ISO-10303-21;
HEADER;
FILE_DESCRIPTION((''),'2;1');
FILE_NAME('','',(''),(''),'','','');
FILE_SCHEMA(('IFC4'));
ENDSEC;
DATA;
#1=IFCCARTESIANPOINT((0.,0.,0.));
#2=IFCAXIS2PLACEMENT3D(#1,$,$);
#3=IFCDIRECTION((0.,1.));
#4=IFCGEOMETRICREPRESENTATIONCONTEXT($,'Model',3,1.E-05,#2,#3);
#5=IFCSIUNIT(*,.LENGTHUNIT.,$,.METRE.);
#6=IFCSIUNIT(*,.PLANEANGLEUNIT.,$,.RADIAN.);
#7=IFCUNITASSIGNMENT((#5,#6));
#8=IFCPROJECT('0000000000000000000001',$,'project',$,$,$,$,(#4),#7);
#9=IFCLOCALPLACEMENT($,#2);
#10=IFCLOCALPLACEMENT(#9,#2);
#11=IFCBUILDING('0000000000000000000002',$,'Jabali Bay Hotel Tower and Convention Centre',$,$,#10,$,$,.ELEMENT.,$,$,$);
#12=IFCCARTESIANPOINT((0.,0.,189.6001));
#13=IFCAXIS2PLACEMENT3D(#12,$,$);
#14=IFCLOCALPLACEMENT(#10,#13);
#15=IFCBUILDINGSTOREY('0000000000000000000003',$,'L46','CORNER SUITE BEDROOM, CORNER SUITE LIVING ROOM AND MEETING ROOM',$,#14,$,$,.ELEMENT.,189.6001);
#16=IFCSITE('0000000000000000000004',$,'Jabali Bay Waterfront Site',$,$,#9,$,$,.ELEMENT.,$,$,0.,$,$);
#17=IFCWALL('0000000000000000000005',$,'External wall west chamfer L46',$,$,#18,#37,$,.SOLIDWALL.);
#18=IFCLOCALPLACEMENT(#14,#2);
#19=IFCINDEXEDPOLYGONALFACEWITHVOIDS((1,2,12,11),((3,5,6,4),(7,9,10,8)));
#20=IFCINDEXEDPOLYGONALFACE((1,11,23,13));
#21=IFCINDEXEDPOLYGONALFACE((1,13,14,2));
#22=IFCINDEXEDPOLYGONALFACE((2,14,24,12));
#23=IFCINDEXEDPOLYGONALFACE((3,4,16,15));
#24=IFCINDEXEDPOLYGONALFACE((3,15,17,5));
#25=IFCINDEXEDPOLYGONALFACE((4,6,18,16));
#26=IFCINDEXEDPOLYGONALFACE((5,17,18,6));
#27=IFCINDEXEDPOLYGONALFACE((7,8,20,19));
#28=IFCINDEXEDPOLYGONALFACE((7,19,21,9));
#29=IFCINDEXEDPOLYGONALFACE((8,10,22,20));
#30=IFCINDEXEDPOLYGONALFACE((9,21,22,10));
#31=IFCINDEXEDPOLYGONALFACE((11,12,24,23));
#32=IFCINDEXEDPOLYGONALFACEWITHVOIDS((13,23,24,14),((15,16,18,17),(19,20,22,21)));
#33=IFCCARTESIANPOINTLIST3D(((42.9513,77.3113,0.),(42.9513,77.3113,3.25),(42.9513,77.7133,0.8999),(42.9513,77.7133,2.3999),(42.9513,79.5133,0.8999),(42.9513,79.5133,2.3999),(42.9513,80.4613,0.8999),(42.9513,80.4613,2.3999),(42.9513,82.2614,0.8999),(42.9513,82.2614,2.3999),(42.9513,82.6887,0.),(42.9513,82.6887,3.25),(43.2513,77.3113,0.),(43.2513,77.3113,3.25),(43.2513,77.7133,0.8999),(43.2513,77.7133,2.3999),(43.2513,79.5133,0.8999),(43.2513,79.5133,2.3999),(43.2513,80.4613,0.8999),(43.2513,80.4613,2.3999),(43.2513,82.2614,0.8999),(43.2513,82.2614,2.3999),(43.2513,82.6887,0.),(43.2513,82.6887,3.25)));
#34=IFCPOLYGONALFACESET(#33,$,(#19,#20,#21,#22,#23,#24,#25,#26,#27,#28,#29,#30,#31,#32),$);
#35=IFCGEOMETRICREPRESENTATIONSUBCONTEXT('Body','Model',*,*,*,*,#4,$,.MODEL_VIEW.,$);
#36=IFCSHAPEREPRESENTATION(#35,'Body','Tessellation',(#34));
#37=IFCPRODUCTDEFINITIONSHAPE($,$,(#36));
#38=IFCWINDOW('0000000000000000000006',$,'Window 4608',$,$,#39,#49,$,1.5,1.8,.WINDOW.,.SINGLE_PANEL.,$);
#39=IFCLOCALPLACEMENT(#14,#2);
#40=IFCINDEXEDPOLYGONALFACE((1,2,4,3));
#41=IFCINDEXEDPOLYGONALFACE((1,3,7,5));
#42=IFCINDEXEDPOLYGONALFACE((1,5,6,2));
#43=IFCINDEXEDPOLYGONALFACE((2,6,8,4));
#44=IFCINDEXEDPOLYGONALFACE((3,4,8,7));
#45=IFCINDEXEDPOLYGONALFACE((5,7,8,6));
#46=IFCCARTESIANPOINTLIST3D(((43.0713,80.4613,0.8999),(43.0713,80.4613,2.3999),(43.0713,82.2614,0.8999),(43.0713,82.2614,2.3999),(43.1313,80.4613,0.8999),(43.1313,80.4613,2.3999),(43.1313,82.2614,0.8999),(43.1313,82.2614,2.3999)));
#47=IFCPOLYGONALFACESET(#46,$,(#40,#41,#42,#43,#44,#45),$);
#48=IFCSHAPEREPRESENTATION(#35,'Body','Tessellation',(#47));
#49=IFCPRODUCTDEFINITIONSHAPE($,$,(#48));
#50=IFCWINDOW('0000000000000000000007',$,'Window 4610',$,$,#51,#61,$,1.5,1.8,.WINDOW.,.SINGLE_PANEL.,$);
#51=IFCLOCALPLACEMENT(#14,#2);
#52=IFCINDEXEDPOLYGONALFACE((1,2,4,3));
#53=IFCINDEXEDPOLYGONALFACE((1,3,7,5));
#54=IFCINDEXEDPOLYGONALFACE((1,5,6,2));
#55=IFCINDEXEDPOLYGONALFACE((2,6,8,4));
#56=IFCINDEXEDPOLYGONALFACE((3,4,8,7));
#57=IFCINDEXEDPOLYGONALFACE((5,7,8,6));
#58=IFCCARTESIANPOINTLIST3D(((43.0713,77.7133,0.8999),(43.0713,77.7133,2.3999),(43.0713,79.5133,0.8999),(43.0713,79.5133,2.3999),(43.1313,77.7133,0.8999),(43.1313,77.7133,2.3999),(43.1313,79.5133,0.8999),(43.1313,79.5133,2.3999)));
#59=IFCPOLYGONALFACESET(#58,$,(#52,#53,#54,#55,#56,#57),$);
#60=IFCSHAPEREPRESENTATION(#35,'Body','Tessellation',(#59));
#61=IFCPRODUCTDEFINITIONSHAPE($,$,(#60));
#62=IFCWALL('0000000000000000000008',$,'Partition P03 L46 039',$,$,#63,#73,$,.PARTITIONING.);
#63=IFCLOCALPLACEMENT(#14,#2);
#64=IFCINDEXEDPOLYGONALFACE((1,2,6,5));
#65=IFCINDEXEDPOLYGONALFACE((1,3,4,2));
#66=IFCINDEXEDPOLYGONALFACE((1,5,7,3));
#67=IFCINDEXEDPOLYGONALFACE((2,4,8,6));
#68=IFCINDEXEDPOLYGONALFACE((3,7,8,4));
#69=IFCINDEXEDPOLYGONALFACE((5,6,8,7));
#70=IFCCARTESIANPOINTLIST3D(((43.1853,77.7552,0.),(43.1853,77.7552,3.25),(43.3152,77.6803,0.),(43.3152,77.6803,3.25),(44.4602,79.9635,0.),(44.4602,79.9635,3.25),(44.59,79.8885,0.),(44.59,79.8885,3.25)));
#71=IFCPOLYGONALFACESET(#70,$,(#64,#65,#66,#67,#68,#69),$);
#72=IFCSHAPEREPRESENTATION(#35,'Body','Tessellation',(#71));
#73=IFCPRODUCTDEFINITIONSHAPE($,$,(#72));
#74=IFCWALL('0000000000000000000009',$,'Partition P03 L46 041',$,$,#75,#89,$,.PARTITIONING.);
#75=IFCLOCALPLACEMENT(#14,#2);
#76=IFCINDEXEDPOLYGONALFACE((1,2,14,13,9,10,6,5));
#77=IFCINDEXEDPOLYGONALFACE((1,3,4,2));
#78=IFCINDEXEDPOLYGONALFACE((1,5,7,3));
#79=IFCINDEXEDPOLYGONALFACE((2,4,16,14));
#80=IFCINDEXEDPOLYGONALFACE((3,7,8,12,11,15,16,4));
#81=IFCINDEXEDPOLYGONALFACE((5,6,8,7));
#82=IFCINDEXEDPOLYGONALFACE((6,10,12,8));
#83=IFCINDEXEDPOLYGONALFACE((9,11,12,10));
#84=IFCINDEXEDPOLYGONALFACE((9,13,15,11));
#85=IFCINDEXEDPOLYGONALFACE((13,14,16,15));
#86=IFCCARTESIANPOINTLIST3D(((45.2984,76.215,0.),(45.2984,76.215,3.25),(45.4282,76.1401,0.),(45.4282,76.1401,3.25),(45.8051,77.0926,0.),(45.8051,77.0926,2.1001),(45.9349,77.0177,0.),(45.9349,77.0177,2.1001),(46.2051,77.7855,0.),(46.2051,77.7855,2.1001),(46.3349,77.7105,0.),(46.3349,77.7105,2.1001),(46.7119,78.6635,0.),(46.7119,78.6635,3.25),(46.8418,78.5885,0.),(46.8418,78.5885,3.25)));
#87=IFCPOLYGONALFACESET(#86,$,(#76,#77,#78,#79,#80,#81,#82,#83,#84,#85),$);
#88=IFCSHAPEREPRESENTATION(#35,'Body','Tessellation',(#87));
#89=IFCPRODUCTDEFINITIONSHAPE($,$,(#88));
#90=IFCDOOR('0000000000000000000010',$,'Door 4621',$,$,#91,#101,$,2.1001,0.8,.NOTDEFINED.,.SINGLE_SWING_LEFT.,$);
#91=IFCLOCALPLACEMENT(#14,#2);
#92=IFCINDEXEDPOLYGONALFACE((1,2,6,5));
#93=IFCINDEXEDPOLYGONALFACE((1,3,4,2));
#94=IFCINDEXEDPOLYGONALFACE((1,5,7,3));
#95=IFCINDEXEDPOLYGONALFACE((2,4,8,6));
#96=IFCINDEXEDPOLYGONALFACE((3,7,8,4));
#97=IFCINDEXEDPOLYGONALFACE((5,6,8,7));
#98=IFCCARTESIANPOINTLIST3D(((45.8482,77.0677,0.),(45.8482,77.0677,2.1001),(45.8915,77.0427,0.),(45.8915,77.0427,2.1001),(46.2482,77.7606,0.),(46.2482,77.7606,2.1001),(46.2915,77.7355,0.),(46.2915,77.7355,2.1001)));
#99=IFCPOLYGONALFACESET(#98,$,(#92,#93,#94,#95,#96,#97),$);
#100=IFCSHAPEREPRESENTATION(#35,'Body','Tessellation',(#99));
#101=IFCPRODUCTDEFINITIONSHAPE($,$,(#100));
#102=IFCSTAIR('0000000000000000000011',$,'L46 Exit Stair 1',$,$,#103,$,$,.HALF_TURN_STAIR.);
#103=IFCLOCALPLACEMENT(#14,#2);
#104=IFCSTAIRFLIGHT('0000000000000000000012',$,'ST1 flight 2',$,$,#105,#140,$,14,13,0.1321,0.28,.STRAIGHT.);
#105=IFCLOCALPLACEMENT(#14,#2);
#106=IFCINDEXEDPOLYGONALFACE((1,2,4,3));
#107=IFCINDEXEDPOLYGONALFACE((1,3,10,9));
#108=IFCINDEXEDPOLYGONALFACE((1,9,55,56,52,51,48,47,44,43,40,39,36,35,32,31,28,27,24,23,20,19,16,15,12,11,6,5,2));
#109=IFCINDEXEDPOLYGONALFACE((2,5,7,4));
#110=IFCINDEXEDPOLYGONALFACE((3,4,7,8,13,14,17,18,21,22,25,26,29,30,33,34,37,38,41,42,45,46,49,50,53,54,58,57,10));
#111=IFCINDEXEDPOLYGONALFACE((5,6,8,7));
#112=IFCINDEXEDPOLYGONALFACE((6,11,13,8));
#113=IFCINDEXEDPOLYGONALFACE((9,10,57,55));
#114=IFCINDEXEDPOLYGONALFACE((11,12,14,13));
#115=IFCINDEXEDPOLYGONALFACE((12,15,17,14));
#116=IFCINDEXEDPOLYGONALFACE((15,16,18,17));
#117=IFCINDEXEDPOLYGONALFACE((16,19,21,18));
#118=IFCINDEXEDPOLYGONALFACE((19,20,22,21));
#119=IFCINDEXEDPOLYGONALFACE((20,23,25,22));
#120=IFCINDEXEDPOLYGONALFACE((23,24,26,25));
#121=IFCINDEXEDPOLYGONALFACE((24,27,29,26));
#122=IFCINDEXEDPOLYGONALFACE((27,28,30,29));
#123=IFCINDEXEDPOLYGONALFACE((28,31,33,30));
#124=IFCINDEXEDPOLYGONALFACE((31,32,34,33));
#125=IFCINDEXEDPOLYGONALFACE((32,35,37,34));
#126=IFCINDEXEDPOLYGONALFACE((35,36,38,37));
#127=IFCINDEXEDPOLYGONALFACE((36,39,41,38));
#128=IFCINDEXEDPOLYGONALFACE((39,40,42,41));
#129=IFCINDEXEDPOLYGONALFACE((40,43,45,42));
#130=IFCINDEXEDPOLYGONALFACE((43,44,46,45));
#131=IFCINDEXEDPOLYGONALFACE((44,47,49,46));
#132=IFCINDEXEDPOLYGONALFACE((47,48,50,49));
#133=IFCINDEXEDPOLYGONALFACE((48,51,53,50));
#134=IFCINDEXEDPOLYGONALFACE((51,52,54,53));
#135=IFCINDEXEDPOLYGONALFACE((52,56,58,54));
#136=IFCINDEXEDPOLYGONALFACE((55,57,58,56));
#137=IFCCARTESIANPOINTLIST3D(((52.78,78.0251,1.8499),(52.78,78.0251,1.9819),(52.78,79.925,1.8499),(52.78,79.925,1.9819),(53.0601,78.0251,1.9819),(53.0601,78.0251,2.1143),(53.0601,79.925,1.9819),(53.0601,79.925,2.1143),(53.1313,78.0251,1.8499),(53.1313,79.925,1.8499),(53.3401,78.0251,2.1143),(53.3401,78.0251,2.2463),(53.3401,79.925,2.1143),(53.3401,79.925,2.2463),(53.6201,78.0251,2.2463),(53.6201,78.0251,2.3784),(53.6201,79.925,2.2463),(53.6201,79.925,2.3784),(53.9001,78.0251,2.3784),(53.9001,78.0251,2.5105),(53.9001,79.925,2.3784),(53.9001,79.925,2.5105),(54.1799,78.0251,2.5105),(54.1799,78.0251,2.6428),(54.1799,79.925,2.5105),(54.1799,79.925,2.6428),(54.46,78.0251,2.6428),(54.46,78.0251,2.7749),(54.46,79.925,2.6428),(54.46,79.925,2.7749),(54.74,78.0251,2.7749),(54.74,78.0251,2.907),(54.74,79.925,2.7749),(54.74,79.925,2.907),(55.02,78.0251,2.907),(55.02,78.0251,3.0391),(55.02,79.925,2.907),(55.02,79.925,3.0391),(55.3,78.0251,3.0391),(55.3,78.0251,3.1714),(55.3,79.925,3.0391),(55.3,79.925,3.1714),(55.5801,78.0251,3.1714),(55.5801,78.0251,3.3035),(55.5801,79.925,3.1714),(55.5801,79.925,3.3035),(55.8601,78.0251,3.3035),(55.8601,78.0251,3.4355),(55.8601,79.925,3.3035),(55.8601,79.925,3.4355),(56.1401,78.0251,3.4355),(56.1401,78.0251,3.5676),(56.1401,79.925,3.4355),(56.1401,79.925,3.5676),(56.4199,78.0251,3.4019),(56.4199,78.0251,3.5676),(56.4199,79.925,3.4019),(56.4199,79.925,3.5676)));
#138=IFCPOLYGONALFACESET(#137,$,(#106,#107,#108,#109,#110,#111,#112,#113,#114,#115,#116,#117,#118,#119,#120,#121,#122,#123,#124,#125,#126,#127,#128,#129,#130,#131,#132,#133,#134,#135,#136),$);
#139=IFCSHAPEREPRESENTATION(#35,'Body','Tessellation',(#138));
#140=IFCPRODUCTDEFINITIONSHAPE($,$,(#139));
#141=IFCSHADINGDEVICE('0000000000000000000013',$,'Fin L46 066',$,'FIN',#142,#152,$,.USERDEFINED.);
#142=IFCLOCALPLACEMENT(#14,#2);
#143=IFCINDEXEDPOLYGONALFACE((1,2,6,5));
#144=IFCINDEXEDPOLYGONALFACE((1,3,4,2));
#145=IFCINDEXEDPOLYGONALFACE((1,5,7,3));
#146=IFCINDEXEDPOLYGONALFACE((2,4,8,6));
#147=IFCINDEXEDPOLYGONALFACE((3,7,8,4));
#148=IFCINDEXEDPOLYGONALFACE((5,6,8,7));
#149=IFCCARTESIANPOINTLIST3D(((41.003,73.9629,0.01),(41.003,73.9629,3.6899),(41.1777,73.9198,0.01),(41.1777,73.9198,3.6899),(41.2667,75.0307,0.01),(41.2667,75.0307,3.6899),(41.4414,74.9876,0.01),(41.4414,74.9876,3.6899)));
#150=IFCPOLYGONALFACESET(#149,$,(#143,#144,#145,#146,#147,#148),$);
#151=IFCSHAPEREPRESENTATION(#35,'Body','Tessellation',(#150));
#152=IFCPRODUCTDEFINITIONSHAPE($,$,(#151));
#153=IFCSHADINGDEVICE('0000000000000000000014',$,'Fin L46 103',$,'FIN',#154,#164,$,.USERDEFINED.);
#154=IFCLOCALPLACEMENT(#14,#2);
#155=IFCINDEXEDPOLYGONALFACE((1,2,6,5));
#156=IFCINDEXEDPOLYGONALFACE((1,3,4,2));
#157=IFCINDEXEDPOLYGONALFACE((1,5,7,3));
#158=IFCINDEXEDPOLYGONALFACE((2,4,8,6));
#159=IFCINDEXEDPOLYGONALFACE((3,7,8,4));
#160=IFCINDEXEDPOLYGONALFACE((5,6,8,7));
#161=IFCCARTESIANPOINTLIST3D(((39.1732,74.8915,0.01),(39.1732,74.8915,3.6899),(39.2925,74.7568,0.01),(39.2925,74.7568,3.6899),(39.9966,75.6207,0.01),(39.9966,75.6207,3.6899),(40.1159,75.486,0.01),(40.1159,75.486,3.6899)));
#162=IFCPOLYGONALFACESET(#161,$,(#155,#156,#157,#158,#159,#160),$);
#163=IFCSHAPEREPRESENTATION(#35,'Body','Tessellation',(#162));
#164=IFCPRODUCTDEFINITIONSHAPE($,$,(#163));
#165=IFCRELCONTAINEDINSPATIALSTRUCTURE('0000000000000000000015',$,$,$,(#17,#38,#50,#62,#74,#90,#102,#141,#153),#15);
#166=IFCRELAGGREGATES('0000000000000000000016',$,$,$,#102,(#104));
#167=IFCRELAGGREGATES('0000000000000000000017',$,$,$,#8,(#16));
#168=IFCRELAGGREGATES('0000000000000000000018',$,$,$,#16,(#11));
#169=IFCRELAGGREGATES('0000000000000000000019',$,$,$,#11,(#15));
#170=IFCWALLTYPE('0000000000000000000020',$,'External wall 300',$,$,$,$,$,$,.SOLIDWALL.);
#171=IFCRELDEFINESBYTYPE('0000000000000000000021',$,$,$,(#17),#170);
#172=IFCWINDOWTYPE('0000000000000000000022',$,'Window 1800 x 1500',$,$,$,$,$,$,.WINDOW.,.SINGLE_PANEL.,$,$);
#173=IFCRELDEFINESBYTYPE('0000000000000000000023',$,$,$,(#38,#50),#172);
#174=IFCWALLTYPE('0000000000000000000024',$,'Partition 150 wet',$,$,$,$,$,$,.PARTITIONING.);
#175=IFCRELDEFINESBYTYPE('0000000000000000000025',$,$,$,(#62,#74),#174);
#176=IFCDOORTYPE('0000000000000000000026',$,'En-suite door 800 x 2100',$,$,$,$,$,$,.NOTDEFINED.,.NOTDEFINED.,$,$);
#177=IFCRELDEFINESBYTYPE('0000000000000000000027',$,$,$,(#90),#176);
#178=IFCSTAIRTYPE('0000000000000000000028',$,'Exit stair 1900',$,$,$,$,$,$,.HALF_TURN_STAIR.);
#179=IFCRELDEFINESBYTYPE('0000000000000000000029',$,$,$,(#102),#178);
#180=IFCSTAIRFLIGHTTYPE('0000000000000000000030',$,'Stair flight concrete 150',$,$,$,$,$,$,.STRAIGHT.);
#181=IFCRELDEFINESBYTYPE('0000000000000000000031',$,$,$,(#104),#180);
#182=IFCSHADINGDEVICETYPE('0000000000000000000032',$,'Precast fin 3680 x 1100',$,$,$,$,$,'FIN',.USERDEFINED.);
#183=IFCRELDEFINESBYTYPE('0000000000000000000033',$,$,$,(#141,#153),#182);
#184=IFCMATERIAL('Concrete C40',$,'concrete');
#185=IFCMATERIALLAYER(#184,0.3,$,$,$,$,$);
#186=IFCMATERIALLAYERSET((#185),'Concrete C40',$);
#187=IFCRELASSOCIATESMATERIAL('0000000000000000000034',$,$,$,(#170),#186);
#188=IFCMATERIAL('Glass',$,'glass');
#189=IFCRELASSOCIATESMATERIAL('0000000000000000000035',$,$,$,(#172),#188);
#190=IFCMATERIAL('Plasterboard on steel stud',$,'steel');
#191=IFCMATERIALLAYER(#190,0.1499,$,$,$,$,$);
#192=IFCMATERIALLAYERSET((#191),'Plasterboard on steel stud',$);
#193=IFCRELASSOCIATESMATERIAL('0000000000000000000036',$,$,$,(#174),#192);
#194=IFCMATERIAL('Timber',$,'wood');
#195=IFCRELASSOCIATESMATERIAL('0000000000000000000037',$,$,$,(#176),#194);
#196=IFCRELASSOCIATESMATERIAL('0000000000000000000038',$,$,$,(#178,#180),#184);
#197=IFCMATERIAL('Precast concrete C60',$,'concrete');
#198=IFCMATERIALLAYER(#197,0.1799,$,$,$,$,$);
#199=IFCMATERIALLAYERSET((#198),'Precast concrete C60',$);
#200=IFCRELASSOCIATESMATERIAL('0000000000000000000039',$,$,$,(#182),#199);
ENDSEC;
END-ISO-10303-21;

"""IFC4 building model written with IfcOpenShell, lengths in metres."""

from ifc_helpers import new_model, si_unit, direction, frame, frame_2d, origin, place, context, subcontext, project, spatial, polyline, rectangle, outline, extrude, material, layer, layer_set, type_object, element, fill, aggregate, save


model = new_model("IFC4")

# Units and contexts
model_context = context("Model", 3, precision=1e-05, world=origin(), true_north=direction((0.0, 1.0)))
body_context = subcontext(model_context, "Body", "Model", "MODEL_VIEW")
ifc_project = project(units=[si_unit("LENGTHUNIT", "METRE"), si_unit("PLANEANGLEUNIT", "RADIAN")], contexts=[model_context])

# Site, building, storey
site_placement = place(None, origin())
site = spatial("IfcSite", under=ifc_project, at=site_placement, Name="Jabali Bay Waterfront Site", CompositionType="ELEMENT", RefElevation=0.0)
building_placement = place(site_placement, origin())
building = spatial("IfcBuilding", under=site, at=building_placement, Name="Jabali Bay Hotel Tower and Convention Centre", CompositionType="ELEMENT")
storey_placement = place(building_placement, frame((0.0, 0.0, 189.6001)))
storey = spatial("IfcBuildingStorey", under=building, at=storey_placement, Name="L46", Description="CORNER SUITE BEDROOM, CORNER SUITE LIVING ROOM AND MEETING ROOM", CompositionType="ELEMENT", Elevation=189.6001)

# Shared definitions
ifc_material_1 = material(Name="Concrete C40", Category="concrete")

# Wall, openings, windows
ifc_layer_1 = layer(ifc_material_1, 0.3)
ifc_layer_set_1 = layer_set([ifc_layer_1], Name="Concrete C40")
wall_type_1 = type_object("IfcWallType", Name="External wall 300", PredefinedType="SOLIDWALL", material=ifc_layer_set_1)
wall_1_placement = place(storey_placement, frame((43.1013, 77.3113, 0.0), z_axis=(0.0, 0.0, 1.0), x_axis=(0.0, 1.0, 0.0)))
wall_1 = element("IfcWall", 1, at=wall_1_placement, inside=storey, type_object=wall_type_1, Name="External wall west chamfer L46", PredefinedType="SOLIDWALL", context=body_context, shape_type="SweptSolid", body=[
    extrude(rectangle(XDim=5.3774, YDim=0.3, at=frame_2d((2.6887, 0.0))), origin(), (0.0, 0.0, 1.0), 3.25),
])
opening_1_placement = place(wall_1_placement, frame((3.1501, 0.0, 0.8999)))
opening_1 = element("IfcOpeningElement", 2, at=opening_1_placement, cuts=wall_1, PredefinedType="OPENING", context=body_context, shape_type="SweptSolid", body=[
    extrude(rectangle(XDim=1.8, YDim=1.5, at=frame_2d((0.8999, 0.75))), frame((0.0, 0.1606, 0.0), z_axis=(0.0, -1.0, 0.0), x_axis=(1.0, 0.0, 0.0)), (0.0, 0.0, 1.0), 0.321),
])
opening_2_placement = place(wall_1_placement, frame((0.4021, 0.0, 0.8999)))
opening_2 = element("IfcOpeningElement", 3, at=opening_2_placement, cuts=wall_1, PredefinedType="OPENING", context=body_context, shape_type="SweptSolid", body=[
    extrude(rectangle(XDim=1.8, YDim=1.5, at=frame_2d((0.8999, 0.75))), frame((0.0, 0.1606, 0.0), z_axis=(0.0, -1.0, 0.0), x_axis=(1.0, 0.0, 0.0)), (0.0, 0.0, 1.0), 0.321),
])
ifc_material_2 = material(Name="Glass", Category="glass")
window_type = type_object("IfcWindowType", Name="Window 1800 x 1500", PartitioningType="SINGLE_PANEL", PredefinedType="WINDOW", material=ifc_material_2)
window_1_placement = place(opening_1_placement, origin())
window_1 = element("IfcWindow", 4, at=window_1_placement, inside=storey, type_object=window_type, Name="Window 4608", OverallHeight=1.5, OverallWidth=1.8, PartitioningType="SINGLE_PANEL", PredefinedType="WINDOW", context=body_context, shape_type="SweptSolid", body=[
    extrude(rectangle(XDim=1.8, YDim=1.5, at=frame_2d((0.8999, 0.75))), frame((0.0, 0.03, 0.0), z_axis=(0.0, -1.0, 0.0), x_axis=(1.0, 0.0, 0.0)), (0.0, 0.0, 1.0), 0.0601),
])
fill(opening_1, window_1)
window_2_placement = place(opening_2_placement, origin())
window_2 = element("IfcWindow", 5, at=window_2_placement, inside=storey, type_object=window_type, Name="Window 4610", OverallHeight=1.5, OverallWidth=1.8, PartitioningType="SINGLE_PANEL", PredefinedType="WINDOW", context=body_context, shape_type="SweptSolid", body=[
    extrude(rectangle(XDim=1.8, YDim=1.5, at=frame_2d((0.8999, 0.75))), frame((0.0, 0.03, 0.0), z_axis=(0.0, -1.0, 0.0), x_axis=(1.0, 0.0, 0.0)), (0.0, 0.0, 1.0), 0.0601),
])
fill(opening_2, window_2)

# Wall
ifc_material_3 = material(Name="Plasterboard on steel stud", Category="steel")
ifc_layer_2 = layer(ifc_material_3, 0.1499)
ifc_layer_set_2 = layer_set([ifc_layer_2], Name="Plasterboard on steel stud")
wall_type_2 = type_object("IfcWallType", Name="Partition 150 wet", PredefinedType="PARTITIONING", material=ifc_layer_set_2)
wall_2_placement = place(storey_placement, frame((43.2502, 77.7178, 0.0), z_axis=(0.0, 0.0, 1.0), x_axis=(0.49999, 0.866031, 0.0)))
element("IfcWall", 6, at=wall_2_placement, inside=storey, type_object=wall_type_2, Name="Partition P03 L46 039", PredefinedType="PARTITIONING", context=body_context, shape_type="SweptSolid", body=[
    extrude(rectangle(XDim=2.5498, YDim=0.1499, at=frame_2d((1.2749, 0.0))), origin(), (0.0, 0.0, 1.0), 3.25),
])

# Wall, opening, door
wall_3_placement = place(storey_placement, frame((46.7769, 78.626, 0.0), z_axis=(0.0, 0.0, 1.0), x_axis=(-0.499984, -0.866035, 0.0)))
wall_3 = element("IfcWall", 7, at=wall_3_placement, inside=storey, type_object=wall_type_2, Name="Partition P03 L46 041", PredefinedType="PARTITIONING", context=body_context, shape_type="SweptSolid", body=[
    extrude(rectangle(XDim=2.8271, YDim=0.1499, at=frame_2d((1.4136, 0.0))), origin(), (0.0, 0.0, 1.0), 3.25),
])
opening_3_placement = place(wall_3_placement, frame((1.0139, 0.0, 0.0)))
opening_3 = element("IfcOpeningElement", 8, at=opening_3_placement, cuts=wall_3, PredefinedType="OPENING", context=body_context, shape_type="SweptSolid", body=[
    extrude(rectangle(XDim=0.8, YDim=2.1001, at=frame_2d((0.3999, 1.05))), frame((0.0, 0.0854, 0.0), z_axis=(0.0, -1.0, 0.0), x_axis=(1.0, 0.0, 0.0)), (0.0, 0.0, 1.0), 0.1709),
])
ifc_material_4 = material(Name="Timber", Category="wood")
door_type_1 = type_object("IfcDoorType", Name="En-suite door 800 x 2100", OperationType="NOTDEFINED", PredefinedType="NOTDEFINED", material=ifc_material_4)
door_1_placement = place(opening_3_placement, origin())
door_1 = element("IfcDoor", 9, at=door_1_placement, inside=storey, type_object=door_type_1, Name="Door 4621", OperationType="SINGLE_SWING_LEFT", OverallHeight=2.1001, OverallWidth=0.8, PredefinedType="NOTDEFINED", context=body_context, shape_type="SweptSolid", body=[
    extrude(rectangle(XDim=0.8, YDim=2.1001, at=frame_2d((0.3999, 1.05))), frame((0.0, 0.0249, 0.0), z_axis=(0.0, -1.0, 0.0), x_axis=(1.0, 0.0, 0.0)), (0.0, 0.0, 1.0), 0.05),
])
fill(opening_3, door_1)

# Stair, stair flight
stair_type = type_object("IfcStairType", Name="Exit stair 1900", PredefinedType="HALF_TURN_STAIR", material=ifc_material_1)
stair_placement = place(storey_placement, origin())
stair = element("IfcStair", 10, at=stair_placement, inside=storey, type_object=stair_type, Name="L46 Exit Stair 1", PredefinedType="HALF_TURN_STAIR")
stair_flight_type = type_object("IfcStairFlightType", Name="Stair flight concrete 150", PredefinedType="STRAIGHT", material=ifc_material_1)
stair_flight_placement = place(storey_placement, frame((52.78, 78.9751, 1.8499), z_axis=(0.0, 0.0, 1.0), x_axis=(1.0, 0.0, 0.0)))
stair_flight = element("IfcStairFlight", 11, at=stair_flight_placement, type_object=stair_flight_type, Name="ST1 flight 2", NumberOfRisers=14, NumberOfTreads=13, PredefinedType="STRAIGHT", RiserHeight=0.1321, TreadLength=0.28, context=body_context, shape_type="SweptSolid", body=[
    extrude(outline(polyline([(0.0, 0.0), (0.0, 0.1321), (0.28, 0.1321), (0.28, 0.2644), (0.5601, 0.2644), (0.5601, 0.3965), (0.8401, 0.3965), (0.8401, 0.5286), (1.1201, 0.5286), (1.1201, 0.6606), (1.3999, 0.6606), (1.3999, 0.793), (1.6799, 0.793), (1.6799, 0.925), (1.96, 0.925), (1.96, 1.0571), (2.24, 1.0571), (2.24, 1.1892), (2.52, 1.1892), (2.52, 1.3215), (2.8, 1.3215), (2.8, 1.4536), (3.0801, 1.4536), (3.0801, 1.5857), (3.3601, 1.5857), (3.3601, 1.7178), (3.6399, 1.7178), (3.6399, 1.8501), (3.6399, 1.552), (0.3513, 0.0), (0.0, 0.0)])), frame((0.0, 0.95, 0.0), z_axis=(0.0, -1.0, 0.0), x_axis=(1.0, 0.0, 0.0)), (0.0, 0.0, 1.0), 1.8999),
])
aggregate(stair, [stair_flight])

# Shading devices
ifc_material_5 = material(Name="Precast concrete C60", Category="concrete")
ifc_layer_3 = layer(ifc_material_5, 0.1799)
ifc_layer_set_3 = layer_set([ifc_layer_3], Name="Precast concrete C60")
shading_device_type_1 = type_object("IfcShadingDeviceType", Name="Precast fin 3680 x 1100", ElementType="FIN", PredefinedType="USERDEFINED", material=ifc_layer_set_3)
for number, where, z_axis, x_axis, name in (
    (12, (41.354, 75.009, 0.01), (0.0, 0.0, 1.0), (-0.239714, -0.970843, 0.0), "Fin L46 066"),
    (13, (40.0562, 75.5532, 0.01), (0.0, 0.0, 1.0), (-0.748645, -0.662971, 0.0), "Fin L46 103"),
):
    element("IfcShadingDevice", number, at=place(storey_placement, frame(where, z_axis=z_axis, x_axis=x_axis)), inside=storey, type_object=shading_device_type_1, Name=name, ObjectType="FIN", PredefinedType="USERDEFINED", context=body_context, shape_type="SweptSolid", body=[
        extrude(rectangle(XDim=1.0999, YDim=0.1799, at=frame_2d((0.5498, 0.0))), origin(), (0.0, 0.0, 1.0), 3.6799),
    ])

save(model, "model.ifc")
